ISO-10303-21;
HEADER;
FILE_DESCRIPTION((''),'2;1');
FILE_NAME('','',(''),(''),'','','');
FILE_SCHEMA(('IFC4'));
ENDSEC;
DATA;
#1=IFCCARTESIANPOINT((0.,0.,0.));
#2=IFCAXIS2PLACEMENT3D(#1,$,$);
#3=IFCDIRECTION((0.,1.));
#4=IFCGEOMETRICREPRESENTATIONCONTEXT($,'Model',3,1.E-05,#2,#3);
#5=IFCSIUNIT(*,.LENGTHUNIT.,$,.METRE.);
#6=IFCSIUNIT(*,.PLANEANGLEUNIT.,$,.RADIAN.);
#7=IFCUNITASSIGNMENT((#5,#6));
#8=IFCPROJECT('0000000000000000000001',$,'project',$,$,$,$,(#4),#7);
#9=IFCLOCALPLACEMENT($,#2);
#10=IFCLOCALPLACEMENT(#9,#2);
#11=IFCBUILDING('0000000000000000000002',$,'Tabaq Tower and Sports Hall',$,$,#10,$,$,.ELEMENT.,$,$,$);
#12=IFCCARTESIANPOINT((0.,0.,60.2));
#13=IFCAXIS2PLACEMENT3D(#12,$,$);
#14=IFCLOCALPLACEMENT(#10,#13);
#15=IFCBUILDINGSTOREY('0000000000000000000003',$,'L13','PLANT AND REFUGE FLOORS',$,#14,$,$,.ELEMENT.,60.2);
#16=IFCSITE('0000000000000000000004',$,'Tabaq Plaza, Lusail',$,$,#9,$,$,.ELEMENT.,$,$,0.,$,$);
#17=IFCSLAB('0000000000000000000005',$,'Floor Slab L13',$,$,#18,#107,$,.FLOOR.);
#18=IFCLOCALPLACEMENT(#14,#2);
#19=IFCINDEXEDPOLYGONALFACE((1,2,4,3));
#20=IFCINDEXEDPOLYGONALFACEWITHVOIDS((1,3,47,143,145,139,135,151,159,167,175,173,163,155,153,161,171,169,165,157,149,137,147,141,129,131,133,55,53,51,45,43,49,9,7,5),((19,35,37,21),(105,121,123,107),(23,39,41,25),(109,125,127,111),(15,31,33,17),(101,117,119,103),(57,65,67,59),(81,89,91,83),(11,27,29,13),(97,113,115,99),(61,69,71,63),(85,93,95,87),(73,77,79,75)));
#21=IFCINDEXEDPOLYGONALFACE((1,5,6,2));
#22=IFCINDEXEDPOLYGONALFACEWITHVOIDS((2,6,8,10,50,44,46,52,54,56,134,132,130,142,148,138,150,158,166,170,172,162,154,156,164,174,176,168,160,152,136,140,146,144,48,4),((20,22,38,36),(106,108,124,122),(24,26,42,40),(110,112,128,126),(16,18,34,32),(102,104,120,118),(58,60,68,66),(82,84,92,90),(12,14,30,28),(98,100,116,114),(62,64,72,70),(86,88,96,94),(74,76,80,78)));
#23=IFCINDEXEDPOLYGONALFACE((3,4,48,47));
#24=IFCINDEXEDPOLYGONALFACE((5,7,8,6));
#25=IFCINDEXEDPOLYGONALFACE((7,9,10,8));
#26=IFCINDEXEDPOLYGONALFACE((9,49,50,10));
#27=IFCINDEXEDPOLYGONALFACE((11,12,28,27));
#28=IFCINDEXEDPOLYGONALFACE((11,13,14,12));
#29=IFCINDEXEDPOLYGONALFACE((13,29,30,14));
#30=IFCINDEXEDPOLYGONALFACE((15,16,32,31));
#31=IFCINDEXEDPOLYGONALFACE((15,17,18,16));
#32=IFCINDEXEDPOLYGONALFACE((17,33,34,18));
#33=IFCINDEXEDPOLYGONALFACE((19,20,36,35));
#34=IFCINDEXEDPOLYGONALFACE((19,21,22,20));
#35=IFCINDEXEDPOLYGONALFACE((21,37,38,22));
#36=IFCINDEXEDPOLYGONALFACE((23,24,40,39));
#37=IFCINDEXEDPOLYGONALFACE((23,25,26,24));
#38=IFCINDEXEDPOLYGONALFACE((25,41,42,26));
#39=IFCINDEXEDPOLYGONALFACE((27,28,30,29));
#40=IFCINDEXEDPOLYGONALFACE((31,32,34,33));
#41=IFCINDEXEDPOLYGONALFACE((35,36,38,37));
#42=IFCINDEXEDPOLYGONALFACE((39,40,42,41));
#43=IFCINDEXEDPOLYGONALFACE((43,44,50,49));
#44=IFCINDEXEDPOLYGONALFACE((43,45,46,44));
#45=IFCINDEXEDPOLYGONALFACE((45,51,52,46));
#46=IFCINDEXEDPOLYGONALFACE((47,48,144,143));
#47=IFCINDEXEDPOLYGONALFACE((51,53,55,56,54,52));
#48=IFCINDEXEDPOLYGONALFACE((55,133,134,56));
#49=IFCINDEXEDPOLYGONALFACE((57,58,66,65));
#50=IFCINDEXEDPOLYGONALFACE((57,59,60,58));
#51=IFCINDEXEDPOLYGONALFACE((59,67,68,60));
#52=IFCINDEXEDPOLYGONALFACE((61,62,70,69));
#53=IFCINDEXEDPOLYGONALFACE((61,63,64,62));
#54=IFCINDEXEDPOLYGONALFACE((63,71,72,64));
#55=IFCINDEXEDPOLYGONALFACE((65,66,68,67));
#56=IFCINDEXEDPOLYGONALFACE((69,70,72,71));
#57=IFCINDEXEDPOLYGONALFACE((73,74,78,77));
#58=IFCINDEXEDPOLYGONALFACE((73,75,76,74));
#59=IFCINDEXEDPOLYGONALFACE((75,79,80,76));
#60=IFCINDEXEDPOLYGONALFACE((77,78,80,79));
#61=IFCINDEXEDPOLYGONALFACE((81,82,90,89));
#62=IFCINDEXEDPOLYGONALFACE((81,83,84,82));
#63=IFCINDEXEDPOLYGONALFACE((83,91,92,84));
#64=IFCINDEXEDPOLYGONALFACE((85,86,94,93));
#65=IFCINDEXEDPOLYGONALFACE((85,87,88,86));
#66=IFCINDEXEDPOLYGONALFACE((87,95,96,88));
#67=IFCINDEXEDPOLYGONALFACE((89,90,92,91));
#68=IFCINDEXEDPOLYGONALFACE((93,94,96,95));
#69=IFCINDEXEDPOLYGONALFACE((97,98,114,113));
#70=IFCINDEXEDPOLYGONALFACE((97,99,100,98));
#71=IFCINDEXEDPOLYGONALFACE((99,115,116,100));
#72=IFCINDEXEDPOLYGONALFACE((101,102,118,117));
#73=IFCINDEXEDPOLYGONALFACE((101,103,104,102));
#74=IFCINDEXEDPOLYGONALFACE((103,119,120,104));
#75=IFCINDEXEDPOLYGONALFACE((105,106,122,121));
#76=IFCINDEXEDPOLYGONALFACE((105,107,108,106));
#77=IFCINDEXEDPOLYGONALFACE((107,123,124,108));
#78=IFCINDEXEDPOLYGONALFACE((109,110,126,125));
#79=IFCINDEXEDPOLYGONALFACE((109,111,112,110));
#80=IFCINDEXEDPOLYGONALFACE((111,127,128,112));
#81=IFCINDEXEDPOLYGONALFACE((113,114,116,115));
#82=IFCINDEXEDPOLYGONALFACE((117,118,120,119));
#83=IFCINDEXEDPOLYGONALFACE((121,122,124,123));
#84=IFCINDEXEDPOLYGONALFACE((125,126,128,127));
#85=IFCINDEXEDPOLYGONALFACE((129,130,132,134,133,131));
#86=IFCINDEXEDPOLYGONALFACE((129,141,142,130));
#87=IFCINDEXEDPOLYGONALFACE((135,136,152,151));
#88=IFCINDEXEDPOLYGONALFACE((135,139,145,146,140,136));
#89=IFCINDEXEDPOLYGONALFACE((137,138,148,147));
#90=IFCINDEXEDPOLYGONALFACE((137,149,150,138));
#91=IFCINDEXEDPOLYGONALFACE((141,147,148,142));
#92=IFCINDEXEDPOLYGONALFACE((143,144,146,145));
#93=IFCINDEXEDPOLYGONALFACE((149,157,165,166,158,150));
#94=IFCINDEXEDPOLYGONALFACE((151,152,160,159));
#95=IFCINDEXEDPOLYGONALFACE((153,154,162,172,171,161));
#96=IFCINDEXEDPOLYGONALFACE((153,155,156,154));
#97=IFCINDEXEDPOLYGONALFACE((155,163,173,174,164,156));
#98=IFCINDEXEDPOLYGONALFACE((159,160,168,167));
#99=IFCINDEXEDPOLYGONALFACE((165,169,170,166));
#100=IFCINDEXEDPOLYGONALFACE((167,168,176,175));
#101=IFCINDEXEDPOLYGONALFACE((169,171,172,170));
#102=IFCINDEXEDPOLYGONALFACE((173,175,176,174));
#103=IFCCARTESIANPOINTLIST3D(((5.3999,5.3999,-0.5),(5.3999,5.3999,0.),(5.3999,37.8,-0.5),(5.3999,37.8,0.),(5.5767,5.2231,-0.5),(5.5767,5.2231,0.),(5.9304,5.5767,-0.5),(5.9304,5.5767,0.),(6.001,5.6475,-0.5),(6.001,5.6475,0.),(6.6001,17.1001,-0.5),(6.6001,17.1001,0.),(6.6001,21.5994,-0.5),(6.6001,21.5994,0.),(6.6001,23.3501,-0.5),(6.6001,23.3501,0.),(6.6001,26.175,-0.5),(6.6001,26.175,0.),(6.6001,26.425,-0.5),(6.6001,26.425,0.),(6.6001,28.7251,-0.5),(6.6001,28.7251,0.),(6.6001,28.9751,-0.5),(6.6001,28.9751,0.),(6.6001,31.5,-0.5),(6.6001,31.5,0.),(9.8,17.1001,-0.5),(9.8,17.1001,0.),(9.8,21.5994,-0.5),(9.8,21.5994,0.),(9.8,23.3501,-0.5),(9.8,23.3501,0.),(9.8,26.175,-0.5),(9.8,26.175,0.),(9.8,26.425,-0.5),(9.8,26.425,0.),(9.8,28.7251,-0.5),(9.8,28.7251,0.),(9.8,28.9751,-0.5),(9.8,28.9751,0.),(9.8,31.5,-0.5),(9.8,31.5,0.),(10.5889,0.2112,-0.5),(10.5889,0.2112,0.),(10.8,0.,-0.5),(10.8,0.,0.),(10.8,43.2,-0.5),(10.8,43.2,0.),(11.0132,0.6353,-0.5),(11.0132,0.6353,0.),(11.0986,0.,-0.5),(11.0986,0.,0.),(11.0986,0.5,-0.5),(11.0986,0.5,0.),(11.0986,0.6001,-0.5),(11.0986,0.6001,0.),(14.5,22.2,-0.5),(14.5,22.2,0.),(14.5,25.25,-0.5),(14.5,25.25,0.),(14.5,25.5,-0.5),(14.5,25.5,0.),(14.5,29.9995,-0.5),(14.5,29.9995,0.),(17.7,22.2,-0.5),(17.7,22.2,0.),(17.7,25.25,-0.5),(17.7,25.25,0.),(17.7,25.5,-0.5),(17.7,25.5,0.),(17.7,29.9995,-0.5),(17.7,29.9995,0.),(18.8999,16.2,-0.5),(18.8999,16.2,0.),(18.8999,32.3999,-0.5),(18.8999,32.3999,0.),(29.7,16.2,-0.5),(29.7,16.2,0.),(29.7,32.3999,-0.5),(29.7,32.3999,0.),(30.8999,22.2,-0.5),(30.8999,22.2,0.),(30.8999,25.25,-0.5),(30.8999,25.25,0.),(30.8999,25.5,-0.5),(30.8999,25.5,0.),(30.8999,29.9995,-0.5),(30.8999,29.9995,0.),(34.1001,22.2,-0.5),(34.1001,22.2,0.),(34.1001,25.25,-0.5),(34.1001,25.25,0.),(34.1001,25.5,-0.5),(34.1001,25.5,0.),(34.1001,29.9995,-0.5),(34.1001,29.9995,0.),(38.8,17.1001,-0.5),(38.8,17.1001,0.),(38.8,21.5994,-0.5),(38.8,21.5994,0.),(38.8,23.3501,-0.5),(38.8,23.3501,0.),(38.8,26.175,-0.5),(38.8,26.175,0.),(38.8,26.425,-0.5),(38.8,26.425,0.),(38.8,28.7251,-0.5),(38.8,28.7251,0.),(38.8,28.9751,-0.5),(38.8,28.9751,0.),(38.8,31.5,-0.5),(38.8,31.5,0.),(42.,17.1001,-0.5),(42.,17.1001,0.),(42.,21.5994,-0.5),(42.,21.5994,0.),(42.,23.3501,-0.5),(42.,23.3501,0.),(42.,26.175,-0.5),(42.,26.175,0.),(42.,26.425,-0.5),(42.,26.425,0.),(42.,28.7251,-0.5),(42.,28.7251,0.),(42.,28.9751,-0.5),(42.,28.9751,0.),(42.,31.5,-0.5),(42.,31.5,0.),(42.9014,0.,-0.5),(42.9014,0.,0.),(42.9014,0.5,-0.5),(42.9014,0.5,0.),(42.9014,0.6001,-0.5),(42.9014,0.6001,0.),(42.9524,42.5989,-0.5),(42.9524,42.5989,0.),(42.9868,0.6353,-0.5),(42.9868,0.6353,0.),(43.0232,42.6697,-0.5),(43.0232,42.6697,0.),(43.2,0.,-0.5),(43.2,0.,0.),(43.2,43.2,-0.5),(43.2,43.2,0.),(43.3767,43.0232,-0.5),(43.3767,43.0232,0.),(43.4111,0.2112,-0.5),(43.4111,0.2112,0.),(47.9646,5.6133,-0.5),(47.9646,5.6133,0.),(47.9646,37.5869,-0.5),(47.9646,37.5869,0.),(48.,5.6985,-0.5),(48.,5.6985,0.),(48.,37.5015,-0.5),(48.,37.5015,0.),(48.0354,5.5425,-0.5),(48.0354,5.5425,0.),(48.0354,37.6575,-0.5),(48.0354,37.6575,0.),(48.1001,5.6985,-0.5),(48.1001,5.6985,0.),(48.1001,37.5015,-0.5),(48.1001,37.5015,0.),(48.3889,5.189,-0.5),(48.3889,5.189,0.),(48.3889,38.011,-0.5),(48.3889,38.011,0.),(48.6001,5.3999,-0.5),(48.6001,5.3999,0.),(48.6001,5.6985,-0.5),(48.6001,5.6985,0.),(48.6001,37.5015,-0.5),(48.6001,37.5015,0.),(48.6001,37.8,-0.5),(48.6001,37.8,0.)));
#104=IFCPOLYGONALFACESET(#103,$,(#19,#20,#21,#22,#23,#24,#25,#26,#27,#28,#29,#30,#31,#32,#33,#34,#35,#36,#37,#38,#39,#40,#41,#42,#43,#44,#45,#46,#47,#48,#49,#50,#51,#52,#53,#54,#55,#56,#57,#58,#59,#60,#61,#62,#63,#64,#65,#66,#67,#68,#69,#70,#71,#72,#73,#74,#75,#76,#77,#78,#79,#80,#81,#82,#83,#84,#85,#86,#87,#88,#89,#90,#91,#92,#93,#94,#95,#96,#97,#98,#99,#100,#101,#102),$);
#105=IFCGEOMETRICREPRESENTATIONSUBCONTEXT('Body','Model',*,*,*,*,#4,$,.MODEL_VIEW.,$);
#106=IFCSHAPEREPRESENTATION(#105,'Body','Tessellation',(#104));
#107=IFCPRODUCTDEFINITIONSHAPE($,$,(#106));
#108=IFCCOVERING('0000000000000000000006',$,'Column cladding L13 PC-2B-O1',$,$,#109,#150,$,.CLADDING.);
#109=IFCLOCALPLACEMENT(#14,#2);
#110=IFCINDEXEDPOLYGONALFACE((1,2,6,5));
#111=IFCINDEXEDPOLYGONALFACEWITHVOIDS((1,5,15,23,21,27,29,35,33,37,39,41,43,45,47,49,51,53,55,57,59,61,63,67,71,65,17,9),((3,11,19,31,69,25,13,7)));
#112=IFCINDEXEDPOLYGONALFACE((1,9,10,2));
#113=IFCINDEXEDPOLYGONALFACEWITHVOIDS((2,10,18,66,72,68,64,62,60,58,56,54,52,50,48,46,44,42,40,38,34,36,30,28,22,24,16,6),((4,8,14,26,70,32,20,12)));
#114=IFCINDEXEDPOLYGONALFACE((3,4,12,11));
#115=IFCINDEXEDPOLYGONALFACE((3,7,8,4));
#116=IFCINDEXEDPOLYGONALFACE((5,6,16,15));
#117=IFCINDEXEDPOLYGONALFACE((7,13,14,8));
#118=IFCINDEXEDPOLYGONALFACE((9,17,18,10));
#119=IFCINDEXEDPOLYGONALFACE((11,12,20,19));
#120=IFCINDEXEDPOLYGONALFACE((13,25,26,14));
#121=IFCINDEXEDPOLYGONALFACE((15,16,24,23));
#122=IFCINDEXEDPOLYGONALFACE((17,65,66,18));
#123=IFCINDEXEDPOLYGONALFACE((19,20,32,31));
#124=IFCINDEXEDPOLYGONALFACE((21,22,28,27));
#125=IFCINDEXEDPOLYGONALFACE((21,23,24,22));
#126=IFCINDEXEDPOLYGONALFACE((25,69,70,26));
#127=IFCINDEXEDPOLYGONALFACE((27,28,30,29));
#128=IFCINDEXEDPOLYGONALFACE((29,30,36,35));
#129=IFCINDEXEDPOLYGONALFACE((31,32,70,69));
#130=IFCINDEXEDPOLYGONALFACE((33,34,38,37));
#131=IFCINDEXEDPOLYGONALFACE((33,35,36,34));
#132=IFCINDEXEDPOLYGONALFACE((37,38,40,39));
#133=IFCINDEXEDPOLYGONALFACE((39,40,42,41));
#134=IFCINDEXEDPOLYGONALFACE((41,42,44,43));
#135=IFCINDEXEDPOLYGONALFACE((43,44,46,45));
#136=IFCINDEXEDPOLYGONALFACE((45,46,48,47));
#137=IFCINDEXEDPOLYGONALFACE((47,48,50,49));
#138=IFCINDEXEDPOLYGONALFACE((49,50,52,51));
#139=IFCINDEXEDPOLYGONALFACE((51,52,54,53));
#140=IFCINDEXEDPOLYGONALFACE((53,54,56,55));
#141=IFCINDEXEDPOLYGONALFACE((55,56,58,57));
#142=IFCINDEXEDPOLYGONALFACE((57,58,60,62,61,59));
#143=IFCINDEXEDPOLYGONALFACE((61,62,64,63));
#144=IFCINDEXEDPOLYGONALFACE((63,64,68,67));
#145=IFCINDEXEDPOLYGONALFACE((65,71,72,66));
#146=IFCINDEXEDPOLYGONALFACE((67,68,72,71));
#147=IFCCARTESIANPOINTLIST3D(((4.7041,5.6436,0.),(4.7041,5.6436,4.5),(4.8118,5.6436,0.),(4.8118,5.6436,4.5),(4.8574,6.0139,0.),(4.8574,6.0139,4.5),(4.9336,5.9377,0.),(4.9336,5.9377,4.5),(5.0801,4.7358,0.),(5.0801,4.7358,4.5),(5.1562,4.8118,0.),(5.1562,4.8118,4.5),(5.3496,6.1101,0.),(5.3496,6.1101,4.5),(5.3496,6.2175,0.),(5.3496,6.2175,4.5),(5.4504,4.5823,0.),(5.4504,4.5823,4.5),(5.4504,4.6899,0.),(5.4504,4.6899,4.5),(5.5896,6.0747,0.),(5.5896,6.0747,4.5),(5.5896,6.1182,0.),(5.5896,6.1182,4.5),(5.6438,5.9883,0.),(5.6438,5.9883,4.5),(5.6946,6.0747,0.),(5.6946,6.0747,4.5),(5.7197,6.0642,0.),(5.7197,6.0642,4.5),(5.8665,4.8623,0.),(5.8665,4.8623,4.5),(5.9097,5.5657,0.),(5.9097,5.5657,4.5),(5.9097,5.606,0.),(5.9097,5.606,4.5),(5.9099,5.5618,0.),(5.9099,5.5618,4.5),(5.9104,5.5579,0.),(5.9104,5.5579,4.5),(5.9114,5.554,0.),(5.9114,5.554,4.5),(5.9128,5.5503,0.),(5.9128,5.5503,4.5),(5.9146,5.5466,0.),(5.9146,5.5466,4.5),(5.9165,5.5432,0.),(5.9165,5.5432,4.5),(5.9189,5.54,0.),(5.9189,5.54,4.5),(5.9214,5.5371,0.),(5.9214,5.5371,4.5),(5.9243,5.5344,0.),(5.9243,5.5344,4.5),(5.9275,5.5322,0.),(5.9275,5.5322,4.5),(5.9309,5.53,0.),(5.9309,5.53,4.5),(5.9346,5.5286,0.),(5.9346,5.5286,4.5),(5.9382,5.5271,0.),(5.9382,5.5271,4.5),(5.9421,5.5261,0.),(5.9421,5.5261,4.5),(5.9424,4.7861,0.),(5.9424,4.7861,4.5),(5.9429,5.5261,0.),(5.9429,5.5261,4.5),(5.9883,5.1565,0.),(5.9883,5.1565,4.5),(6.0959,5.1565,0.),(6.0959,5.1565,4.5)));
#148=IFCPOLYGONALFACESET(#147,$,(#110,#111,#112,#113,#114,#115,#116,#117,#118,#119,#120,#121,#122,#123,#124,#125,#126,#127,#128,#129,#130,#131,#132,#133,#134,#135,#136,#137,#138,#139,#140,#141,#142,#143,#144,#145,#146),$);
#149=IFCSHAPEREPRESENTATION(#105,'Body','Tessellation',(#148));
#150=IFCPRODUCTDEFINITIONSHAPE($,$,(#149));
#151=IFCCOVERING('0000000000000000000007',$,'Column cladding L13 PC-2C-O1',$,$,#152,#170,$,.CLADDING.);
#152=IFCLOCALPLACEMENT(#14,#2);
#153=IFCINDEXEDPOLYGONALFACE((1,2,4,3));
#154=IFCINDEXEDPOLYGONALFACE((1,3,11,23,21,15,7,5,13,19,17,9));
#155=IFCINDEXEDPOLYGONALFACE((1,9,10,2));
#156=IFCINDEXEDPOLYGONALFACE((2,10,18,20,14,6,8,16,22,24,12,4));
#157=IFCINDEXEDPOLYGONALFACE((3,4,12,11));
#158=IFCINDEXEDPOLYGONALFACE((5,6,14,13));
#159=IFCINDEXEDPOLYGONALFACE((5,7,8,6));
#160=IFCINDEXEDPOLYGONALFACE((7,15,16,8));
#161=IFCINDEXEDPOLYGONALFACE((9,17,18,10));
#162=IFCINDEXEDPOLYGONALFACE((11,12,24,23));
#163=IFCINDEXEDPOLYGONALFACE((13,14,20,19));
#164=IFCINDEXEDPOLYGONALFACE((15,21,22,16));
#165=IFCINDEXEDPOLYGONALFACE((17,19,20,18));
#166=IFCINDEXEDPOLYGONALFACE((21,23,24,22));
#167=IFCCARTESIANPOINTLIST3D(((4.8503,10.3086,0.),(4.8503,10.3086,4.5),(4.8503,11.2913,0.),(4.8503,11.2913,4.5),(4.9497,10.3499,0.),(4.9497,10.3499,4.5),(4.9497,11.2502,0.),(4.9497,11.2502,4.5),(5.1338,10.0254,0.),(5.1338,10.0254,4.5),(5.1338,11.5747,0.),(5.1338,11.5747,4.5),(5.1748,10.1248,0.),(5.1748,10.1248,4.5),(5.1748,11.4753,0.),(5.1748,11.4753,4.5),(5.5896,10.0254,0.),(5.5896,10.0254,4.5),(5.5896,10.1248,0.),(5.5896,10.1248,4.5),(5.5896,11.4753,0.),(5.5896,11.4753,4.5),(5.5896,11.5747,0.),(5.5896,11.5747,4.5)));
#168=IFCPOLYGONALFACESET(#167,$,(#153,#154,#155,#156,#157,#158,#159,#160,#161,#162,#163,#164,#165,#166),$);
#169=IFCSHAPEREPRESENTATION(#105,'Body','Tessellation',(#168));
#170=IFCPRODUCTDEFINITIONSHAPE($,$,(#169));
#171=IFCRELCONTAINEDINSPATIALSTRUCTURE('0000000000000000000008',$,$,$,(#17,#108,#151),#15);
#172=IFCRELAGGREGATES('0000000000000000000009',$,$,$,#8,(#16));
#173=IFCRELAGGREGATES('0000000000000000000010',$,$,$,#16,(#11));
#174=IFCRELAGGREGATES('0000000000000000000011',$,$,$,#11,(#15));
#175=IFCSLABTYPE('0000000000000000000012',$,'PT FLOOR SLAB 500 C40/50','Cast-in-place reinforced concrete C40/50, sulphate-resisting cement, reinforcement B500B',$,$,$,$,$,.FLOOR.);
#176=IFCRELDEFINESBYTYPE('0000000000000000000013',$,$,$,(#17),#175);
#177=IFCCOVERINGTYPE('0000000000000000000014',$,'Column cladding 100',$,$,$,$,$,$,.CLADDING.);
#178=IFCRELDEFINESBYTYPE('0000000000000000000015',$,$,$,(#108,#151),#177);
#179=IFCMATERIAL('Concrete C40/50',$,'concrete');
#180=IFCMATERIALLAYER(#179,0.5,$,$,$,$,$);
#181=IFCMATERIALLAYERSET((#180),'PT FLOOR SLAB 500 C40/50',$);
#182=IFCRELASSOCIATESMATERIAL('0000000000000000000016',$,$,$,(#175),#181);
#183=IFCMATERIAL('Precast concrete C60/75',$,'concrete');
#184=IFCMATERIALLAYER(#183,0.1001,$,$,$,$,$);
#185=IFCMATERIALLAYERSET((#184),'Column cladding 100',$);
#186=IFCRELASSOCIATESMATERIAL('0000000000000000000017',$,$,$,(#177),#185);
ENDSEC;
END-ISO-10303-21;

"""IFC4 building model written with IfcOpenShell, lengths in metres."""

from ifc_helpers import new_model, si_unit, direction, frame, origin, place, context, subcontext, project, spatial, polyline, outline, extrude, material, layer, layer_set, type_object, element, save


model = new_model("IFC4")

# Units and contexts
model_context = context("Model", 3, precision=1e-05, world=origin(), true_north=direction((0.0, 1.0)))
body_context = subcontext(model_context, "Body", "Model", "MODEL_VIEW")
ifc_project = project(units=[si_unit("LENGTHUNIT", "METRE"), si_unit("PLANEANGLEUNIT", "RADIAN")], contexts=[model_context])

# Site, building, storey
site_placement = place(None, origin())
site = spatial("IfcSite", under=ifc_project, at=site_placement, Name="Tabaq Plaza, Lusail", CompositionType="ELEMENT", RefElevation=0.0)
building_placement = place(site_placement, origin())
building = spatial("IfcBuilding", under=site, at=building_placement, Name="Tabaq Tower and Sports Hall", CompositionType="ELEMENT")
storey_placement = place(building_placement, frame((0.0, 0.0, 60.2)))
storey = spatial("IfcBuildingStorey", under=building, at=storey_placement, Name="L13", Description="PLANT AND REFUGE FLOORS", CompositionType="ELEMENT", Elevation=60.2)

# Slab
ifc_material_1 = material(Name="Concrete C40/50", Category="concrete")
ifc_layer_1 = layer(ifc_material_1, 0.5)
ifc_layer_set_1 = layer_set([ifc_layer_1], Name="PT FLOOR SLAB 500 C40/50")
slab_type = type_object("IfcSlabType", Name="PT FLOOR SLAB 500 C40/50", Description="Cast-in-place reinforced concrete C40/50, sulphate-resisting cement, reinforcement B500B", PredefinedType="FLOOR", material=ifc_layer_set_1)
slab_placement = place(storey_placement, frame((0.0, 0.0, -0.5)))
element("IfcSlab", 1, at=slab_placement, inside=storey, type_object=slab_type, Name="Floor Slab L13", PredefinedType="FLOOR", context=body_context, shape_type="SweptSolid", body=[
    extrude(outline(polyline([(5.3999, 37.8), (5.3999, 5.3999), (5.5767, 5.2231), (5.9304, 5.5767), (6.001, 5.6475), (11.0132, 0.6353), (10.5889, 0.2112), (10.8, 0.0), (11.0986, 0.0), (11.0986, 0.5), (11.0986, 0.6001), (42.9014, 0.6001), (42.9014, 0.5), (42.9014, 0.0), (43.2, 0.0), (43.4111, 0.2112), (42.9868, 0.6353), (47.9646, 5.6133), (48.0354, 5.5425), (48.3889, 5.189), (48.6001, 5.3999), (48.6001, 5.6985), (48.1001, 5.6985), (48.0, 5.6985), (48.0, 37.5015), (48.1001, 37.5015), (48.6001, 37.5015), (48.6001, 37.8), (48.3889, 38.011), (48.0354, 37.6575), (47.9646, 37.5869), (42.9524, 42.5989), (43.0232, 42.6697), (43.3767, 43.0232), (43.2, 43.2), (10.8, 43.2), (5.3999, 37.8)]), holes=[polyline([(6.6001, 21.5994), (9.8, 21.5994), (9.8, 17.1001), (6.6001, 17.1001), (6.6001, 21.5994)]), polyline([(17.7, 25.25), (17.7, 22.2), (14.5, 22.2), (14.5, 25.25), (17.7, 25.25)]), polyline([(18.8999, 32.3999), (29.7, 32.3999), (29.7, 16.2), (18.8999, 16.2), (18.8999, 32.3999)]), polyline([(6.6001, 26.175), (9.8, 26.175), (9.8, 23.3501), (6.6001, 23.3501), (6.6001, 26.175)]), polyline([(9.8, 28.7251), (9.8, 26.425), (6.6001, 26.425), (6.6001, 28.7251), (9.8, 28.7251)]), polyline([(17.7, 29.9995), (17.7, 25.5), (14.5, 25.5), (14.5, 29.9995), (17.7, 29.9995)]), polyline([(6.6001, 31.5), (9.8, 31.5), (9.8, 28.9751), (6.6001, 28.9751), (6.6001, 31.5)]), polyline([(42.0, 21.5994), (42.0, 17.1001), (38.8, 17.1001), (38.8, 21.5994), (42.0, 21.5994)]), polyline([(34.1001, 25.25), (34.1001, 22.2), (30.8999, 22.2), (30.8999, 25.25), (34.1001, 25.25)]), polyline([(42.0, 26.175), (42.0, 23.3501), (38.8, 23.3501), (38.8, 26.175), (42.0, 26.175)]), polyline([(42.0, 28.7251), (42.0, 26.425), (38.8, 26.425), (38.8, 28.7251), (42.0, 28.7251)]), polyline([(34.1001, 29.9995), (34.1001, 25.5), (30.8999, 25.5), (30.8999, 29.9995), (34.1001, 29.9995)]), polyline([(42.0, 31.5), (42.0, 28.9751), (38.8, 28.9751), (38.8, 31.5), (42.0, 31.5)])]), origin(), (0.0, 0.0, 1.0), 0.5),
])

# Coverings
ifc_material_2 = material(Name="Precast concrete C60/75", Category="concrete")
ifc_layer_2 = layer(ifc_material_2, 0.1001)
ifc_layer_set_2 = layer_set([ifc_layer_2], Name="Column cladding 100")
covering_type = type_object("IfcCoveringType", Name="Column cladding 100", PredefinedType="CLADDING", material=ifc_layer_set_2)
covering_1_placement = place(storey_placement, origin())
element("IfcCovering", 2, at=covering_1_placement, inside=storey, type_object=covering_type, Name="Column cladding L13 PC-2B-O1", PredefinedType="CLADDING", context=body_context, shape_type="SweptSolid", body=[
    extrude(outline(polyline([(5.4504, 4.5823), (5.0801, 4.7358), (4.7041, 5.6436), (4.8574, 6.0139), (5.3496, 6.2175), (5.5896, 6.1182), (5.5896, 6.0747), (5.6946, 6.0747), (5.7197, 6.0642), (5.9097, 5.606), (5.9097, 5.5657), (5.9099, 5.5618), (5.9104, 5.5579), (5.9114, 5.554), (5.9128, 5.5503), (5.9146, 5.5466), (5.9165, 5.5432), (5.9189, 5.54), (5.9214, 5.5371), (5.9243, 5.5344), (5.9275, 5.5322), (5.9309, 5.53), (5.9346, 5.5286), (5.9382, 5.5271), (5.9421, 5.5261), (5.9429, 5.5261), (6.0959, 5.1565), (5.9424, 4.7861), (5.4504, 4.5823)]), holes=[polyline([(5.3496, 6.1101), (4.9336, 5.9377), (4.8118, 5.6436), (5.1562, 4.8118), (5.4504, 4.6899), (5.8665, 4.8623), (5.9883, 5.1565), (5.6438, 5.9883), (5.3496, 6.1101)])]), origin(), (0.0, 0.0, 1.0), 4.5),
])
covering_2_placement = place(storey_placement, origin())
element("IfcCovering", 3, at=covering_2_placement, inside=storey, type_object=covering_type, Name="Column cladding L13 PC-2C-O1", PredefinedType="CLADDING", context=body_context, shape_type="SweptSolid", body=[
    extrude(outline(polyline([(5.1338, 10.0254), (4.8503, 10.3086), (4.8503, 11.2913), (5.1338, 11.5747), (5.5896, 11.5747), (5.5896, 11.4753), (5.1748, 11.4753), (4.9497, 11.2502), (4.9497, 10.3499), (5.1748, 10.1248), (5.5896, 10.1248), (5.5896, 10.0254), (5.1338, 10.0254)])), origin(), (0.0, 0.0, 1.0), 4.5),
])

save(model, "model.ifc")
